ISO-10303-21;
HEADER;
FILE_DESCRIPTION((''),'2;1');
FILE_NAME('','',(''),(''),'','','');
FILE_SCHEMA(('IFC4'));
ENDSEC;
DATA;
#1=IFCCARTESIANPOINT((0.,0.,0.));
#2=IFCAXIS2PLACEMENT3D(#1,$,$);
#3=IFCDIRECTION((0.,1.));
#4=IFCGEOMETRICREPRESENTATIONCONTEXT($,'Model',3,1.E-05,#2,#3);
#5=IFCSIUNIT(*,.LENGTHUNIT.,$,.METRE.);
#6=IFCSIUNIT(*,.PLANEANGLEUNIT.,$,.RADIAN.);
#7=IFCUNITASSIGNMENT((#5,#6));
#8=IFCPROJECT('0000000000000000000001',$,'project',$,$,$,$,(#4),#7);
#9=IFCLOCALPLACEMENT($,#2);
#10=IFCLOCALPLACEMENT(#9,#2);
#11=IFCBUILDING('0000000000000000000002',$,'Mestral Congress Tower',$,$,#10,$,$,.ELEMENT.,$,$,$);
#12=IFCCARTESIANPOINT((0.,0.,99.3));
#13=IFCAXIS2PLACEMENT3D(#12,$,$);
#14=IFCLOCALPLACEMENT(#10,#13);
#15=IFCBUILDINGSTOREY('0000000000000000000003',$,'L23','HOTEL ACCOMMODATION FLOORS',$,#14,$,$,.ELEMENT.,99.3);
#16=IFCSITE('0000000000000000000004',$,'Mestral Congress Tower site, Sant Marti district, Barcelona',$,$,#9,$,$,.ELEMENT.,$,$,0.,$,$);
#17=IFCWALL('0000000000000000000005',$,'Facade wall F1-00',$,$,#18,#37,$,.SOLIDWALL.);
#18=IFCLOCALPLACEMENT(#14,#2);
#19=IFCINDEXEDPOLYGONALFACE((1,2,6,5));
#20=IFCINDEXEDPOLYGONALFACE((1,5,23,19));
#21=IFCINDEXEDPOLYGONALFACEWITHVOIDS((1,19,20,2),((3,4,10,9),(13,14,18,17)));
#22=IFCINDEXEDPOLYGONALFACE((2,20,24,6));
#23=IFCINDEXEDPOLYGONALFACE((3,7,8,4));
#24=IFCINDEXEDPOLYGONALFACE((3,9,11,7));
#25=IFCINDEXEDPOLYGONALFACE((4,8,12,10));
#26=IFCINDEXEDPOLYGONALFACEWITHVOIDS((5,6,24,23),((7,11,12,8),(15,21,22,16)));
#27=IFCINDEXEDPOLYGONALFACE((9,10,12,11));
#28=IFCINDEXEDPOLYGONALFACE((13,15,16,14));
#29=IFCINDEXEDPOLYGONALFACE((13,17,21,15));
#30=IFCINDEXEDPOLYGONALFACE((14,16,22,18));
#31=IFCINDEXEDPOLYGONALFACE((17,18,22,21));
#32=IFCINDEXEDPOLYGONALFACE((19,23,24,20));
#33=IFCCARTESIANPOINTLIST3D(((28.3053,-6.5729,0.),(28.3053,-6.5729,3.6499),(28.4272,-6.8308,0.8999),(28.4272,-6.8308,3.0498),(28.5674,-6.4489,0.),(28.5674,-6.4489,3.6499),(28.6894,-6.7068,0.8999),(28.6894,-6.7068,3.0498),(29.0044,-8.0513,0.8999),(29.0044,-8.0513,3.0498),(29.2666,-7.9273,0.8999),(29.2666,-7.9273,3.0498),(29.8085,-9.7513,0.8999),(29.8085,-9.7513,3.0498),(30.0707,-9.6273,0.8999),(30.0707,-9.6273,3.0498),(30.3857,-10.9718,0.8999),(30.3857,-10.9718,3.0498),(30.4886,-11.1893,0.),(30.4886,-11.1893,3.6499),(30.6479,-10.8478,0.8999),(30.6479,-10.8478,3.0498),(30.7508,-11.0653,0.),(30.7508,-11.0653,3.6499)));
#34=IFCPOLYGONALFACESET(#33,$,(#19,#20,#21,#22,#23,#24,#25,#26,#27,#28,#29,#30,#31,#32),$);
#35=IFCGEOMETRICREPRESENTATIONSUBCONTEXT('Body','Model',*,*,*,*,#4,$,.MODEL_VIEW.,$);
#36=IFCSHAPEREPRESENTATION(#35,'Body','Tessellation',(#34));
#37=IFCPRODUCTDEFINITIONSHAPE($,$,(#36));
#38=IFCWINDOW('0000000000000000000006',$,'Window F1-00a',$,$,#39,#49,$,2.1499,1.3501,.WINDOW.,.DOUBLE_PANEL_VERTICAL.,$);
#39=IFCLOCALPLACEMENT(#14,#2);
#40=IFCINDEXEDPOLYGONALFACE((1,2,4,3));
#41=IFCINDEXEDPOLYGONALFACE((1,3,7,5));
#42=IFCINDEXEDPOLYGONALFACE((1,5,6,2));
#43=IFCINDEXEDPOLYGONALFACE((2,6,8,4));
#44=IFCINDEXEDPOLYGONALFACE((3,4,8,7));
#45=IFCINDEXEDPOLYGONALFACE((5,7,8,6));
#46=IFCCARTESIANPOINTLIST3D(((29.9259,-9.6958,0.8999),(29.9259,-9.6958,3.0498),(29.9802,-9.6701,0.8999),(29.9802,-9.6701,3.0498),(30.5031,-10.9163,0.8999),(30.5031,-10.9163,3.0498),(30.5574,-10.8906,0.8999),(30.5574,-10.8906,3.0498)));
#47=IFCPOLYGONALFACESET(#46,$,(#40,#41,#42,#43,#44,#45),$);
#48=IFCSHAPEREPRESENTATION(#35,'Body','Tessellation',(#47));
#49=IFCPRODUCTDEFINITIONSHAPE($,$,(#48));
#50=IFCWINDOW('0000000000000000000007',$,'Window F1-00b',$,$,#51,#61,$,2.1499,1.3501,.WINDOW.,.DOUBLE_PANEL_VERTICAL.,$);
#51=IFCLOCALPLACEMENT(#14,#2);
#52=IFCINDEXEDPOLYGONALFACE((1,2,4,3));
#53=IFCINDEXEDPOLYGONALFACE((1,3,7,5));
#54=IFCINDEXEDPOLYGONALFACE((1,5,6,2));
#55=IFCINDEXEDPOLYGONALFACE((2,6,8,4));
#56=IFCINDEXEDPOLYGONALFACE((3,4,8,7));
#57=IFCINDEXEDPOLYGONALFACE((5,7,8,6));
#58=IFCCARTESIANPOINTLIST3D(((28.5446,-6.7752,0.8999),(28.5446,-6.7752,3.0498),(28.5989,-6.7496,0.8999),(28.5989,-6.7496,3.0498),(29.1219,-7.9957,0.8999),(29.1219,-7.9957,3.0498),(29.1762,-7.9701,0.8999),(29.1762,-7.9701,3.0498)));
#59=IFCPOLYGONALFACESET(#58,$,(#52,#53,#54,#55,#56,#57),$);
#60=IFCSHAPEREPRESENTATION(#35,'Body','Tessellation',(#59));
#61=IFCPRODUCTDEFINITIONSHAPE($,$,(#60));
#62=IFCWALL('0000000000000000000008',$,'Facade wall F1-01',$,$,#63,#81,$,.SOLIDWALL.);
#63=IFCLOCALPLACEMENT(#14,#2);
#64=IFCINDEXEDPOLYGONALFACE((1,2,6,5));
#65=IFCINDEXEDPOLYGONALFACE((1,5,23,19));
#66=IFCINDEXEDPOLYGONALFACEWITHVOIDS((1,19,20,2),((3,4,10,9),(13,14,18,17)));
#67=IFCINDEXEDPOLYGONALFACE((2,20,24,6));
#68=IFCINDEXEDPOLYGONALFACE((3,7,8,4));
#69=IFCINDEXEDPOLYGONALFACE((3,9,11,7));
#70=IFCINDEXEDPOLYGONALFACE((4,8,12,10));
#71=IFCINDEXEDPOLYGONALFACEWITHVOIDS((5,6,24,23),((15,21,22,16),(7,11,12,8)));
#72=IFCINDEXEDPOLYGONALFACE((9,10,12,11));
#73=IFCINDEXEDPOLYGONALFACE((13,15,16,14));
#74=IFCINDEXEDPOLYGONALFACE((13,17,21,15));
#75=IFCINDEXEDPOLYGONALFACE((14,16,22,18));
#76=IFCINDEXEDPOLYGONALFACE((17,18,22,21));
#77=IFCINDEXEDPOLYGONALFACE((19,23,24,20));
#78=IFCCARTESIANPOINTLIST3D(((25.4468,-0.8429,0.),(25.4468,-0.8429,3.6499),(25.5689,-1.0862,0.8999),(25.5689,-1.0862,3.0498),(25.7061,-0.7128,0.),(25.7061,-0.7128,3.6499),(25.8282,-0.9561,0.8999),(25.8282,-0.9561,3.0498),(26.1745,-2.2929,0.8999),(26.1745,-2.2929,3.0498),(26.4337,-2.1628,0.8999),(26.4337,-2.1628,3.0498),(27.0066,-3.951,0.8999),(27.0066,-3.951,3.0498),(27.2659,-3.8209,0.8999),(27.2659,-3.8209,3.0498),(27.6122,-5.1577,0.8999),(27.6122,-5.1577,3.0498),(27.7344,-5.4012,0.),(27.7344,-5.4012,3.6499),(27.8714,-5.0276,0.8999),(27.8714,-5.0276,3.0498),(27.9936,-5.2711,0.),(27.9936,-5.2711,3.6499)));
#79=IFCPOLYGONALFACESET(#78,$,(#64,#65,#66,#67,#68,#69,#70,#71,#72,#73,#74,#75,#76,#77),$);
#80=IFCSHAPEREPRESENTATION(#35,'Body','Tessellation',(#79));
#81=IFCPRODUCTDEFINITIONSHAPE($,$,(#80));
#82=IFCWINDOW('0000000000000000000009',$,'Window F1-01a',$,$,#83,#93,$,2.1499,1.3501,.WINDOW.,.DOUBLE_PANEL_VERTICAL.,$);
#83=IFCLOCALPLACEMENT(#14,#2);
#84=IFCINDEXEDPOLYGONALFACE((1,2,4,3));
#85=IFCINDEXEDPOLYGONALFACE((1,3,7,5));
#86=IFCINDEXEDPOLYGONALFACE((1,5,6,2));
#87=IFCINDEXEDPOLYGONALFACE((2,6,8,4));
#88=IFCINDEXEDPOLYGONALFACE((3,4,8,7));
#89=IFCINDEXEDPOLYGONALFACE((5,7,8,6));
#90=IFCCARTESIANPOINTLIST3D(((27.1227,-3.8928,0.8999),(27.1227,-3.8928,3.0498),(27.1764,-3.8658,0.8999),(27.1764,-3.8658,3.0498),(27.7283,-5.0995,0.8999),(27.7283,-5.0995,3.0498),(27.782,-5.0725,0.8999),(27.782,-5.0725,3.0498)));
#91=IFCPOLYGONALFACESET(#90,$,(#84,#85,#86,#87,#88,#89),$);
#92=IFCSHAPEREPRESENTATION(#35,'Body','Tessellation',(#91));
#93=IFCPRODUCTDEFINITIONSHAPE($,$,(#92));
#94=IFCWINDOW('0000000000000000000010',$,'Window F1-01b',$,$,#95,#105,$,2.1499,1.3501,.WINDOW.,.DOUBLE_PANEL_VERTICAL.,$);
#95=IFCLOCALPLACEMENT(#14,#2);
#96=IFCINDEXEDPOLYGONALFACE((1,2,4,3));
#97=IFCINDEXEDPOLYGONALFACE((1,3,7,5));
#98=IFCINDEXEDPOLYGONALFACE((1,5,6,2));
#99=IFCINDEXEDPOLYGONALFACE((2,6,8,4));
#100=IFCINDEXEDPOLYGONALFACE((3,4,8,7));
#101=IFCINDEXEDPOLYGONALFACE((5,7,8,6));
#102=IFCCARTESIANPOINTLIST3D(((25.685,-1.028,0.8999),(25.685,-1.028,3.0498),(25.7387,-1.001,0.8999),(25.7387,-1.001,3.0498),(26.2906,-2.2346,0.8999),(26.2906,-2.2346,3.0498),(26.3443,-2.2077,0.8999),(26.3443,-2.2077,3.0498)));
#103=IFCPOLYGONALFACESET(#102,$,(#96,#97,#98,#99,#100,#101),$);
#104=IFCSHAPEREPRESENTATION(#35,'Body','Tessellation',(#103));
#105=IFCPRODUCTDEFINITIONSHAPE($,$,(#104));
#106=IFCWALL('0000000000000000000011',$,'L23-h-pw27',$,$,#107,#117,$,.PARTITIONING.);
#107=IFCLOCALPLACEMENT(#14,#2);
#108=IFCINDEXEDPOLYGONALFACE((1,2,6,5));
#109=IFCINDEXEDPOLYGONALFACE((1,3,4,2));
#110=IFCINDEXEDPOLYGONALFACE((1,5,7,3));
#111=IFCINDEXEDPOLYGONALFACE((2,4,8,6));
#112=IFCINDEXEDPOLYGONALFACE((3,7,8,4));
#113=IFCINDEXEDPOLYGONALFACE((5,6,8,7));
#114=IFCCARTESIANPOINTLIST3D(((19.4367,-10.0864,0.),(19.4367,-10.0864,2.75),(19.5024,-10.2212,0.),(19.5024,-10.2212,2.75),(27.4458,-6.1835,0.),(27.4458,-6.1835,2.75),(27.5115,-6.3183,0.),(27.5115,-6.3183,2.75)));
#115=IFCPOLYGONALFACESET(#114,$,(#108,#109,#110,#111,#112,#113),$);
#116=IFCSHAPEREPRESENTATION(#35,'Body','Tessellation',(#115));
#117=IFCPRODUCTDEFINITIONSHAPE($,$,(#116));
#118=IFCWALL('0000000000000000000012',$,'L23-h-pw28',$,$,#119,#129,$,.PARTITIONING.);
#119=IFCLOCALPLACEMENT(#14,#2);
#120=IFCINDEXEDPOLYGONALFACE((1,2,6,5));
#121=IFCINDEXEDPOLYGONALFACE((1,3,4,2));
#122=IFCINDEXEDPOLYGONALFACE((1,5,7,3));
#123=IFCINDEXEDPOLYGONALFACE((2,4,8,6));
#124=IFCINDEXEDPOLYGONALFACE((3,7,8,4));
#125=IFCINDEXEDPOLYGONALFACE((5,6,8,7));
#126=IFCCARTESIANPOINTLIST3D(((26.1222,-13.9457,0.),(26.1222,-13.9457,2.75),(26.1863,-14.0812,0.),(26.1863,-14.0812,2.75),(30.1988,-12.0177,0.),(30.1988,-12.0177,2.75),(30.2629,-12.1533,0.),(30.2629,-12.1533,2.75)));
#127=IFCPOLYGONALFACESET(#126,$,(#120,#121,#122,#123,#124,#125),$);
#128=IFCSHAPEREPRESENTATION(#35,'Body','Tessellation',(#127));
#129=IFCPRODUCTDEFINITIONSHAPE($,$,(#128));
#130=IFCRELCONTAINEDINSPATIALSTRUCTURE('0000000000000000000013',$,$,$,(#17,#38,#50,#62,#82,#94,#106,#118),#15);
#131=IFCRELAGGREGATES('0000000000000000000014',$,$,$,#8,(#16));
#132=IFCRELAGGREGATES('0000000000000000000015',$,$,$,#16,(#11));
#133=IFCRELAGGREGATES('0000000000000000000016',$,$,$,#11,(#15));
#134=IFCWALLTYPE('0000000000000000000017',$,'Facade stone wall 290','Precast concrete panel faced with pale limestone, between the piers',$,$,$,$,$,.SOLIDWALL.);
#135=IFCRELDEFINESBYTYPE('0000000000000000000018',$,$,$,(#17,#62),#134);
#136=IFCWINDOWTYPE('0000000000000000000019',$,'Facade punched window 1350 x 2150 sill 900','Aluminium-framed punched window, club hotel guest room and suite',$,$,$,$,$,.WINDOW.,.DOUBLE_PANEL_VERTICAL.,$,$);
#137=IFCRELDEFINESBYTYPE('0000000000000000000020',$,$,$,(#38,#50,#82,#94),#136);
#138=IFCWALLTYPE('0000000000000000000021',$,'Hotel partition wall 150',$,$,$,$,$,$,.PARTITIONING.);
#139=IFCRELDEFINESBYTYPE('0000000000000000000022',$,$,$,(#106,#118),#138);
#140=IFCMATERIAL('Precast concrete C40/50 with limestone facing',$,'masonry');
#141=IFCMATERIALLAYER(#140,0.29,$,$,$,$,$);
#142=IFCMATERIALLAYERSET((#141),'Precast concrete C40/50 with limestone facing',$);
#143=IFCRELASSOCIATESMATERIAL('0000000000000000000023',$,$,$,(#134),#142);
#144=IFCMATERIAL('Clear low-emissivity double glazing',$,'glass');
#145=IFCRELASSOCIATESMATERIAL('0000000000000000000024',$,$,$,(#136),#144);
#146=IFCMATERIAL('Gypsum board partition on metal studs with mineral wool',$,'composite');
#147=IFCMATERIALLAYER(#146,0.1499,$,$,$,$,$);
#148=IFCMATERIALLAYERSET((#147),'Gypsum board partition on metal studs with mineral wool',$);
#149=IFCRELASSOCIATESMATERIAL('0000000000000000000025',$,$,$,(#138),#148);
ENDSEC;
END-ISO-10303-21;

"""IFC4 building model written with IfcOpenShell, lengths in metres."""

from ifc_helpers import new_model, si_unit, direction, frame, frame_2d, origin, place, context, subcontext, project, spatial, rectangle, extrude, material, layer, layer_set, type_object, element, fill, save


model = new_model("IFC4")

# Units and contexts
model_context = context("Model", 3, precision=1e-05, world=origin(), true_north=direction((0.0, 1.0)))
body_context = subcontext(model_context, "Body", "Model", "MODEL_VIEW")
ifc_project = project(units=[si_unit("LENGTHUNIT", "METRE"), si_unit("PLANEANGLEUNIT", "RADIAN")], contexts=[model_context])

# Site, building, storey
site_placement = place(None, origin())
site = spatial("IfcSite", under=ifc_project, at=site_placement, Name="Mestral Congress Tower site, Sant Marti district, Barcelona", CompositionType="ELEMENT", RefElevation=0.0)
building_placement = place(site_placement, origin())
building = spatial("IfcBuilding", under=site, at=building_placement, Name="Mestral Congress Tower", CompositionType="ELEMENT")
storey_placement = place(building_placement, frame((0.0, 0.0, 99.3)))
storey = spatial("IfcBuildingStorey", under=building, at=storey_placement, Name="L23", Description="HOTEL ACCOMMODATION FLOORS", CompositionType="ELEMENT", Elevation=99.3)

# Shared definitions
ifc_material_1 = material(Name="Precast concrete C40/50 with limestone facing", Category="masonry")
ifc_layer_1 = layer(ifc_material_1, 0.29)
ifc_layer_set_1 = layer_set([ifc_layer_1], Name="Precast concrete C40/50 with limestone facing")
wall_type_1 = type_object("IfcWallType", Name="Facade stone wall 290", Description="Precast concrete panel faced with pale limestone, between the piers", PredefinedType="SOLIDWALL", material=ifc_layer_set_1)
ifc_material_2 = material(Name="Clear low-emissivity double glazing", Category="glass")

# Walls, openings, windows
wall_1_placement = place(storey_placement, frame((30.6196, -11.1272, 0.0), z_axis=(0.0, 0.0, 1.0), x_axis=(-0.427544, 0.903995, 0.0)))
wall_1 = element("IfcWall", 1, at=wall_1_placement, inside=storey, type_object=wall_type_1, Name="Facade wall F1-00", PredefinedType="SOLIDWALL", context=body_context, shape_type="SweptSolid", body=[
    extrude(rectangle(XDim=5.1067, YDim=0.29, at=frame_2d((2.5532, 0.0))), origin(), (0.0, 0.0, 1.0), 3.6499),
])
opening_1_placement = place(wall_1_placement, frame((0.2405, 0.0, 0.8999)))
opening_1 = element("IfcOpeningElement", 2, at=opening_1_placement, cuts=wall_1, PredefinedType="OPENING", context=body_context, shape_type="SweptSolid", body=[
    extrude(rectangle(XDim=1.3501, YDim=2.1499, at=frame_2d((0.675, 1.075))), frame((0.0, 0.155, 0.0), z_axis=(0.0, -1.0, 0.0), x_axis=(1.0, 0.0, 0.0)), (0.0, 0.0, 1.0), 0.3101),
])
opening_2_placement = place(wall_1_placement, frame((3.4712, 0.0, 0.8999)))
opening_2 = element("IfcOpeningElement", 3, at=opening_2_placement, cuts=wall_1, PredefinedType="OPENING", context=body_context, shape_type="SweptSolid", body=[
    extrude(rectangle(XDim=1.3501, YDim=2.1499, at=frame_2d((0.675, 1.075))), frame((0.0, 0.155, 0.0), z_axis=(0.0, -1.0, 0.0), x_axis=(1.0, 0.0, 0.0)), (0.0, 0.0, 1.0), 0.3101),
])
window_type_1 = type_object("IfcWindowType", Name="Facade punched window 1350 x 2150 sill 900", Description="Aluminium-framed punched window, club hotel guest room and suite", PartitioningType="DOUBLE_PANEL_VERTICAL", PredefinedType="WINDOW", material=ifc_material_2)
window_1_placement = place(opening_1_placement, origin())
window_1 = element("IfcWindow", 4, at=window_1_placement, inside=storey, type_object=window_type_1, Name="Window F1-00a", OverallHeight=2.1499, OverallWidth=1.3501, PartitioningType="DOUBLE_PANEL_VERTICAL", PredefinedType="WINDOW", context=body_context, shape_type="SweptSolid", body=[
    extrude(rectangle(XDim=1.3501, YDim=2.1499, at=frame_2d((0.675, 1.075))), frame((0.0, 0.0151, 0.0), z_axis=(0.0, -1.0, 0.0), x_axis=(1.0, 0.0, 0.0)), (0.0, 0.0, 1.0), 0.0601),
])
fill(opening_1, window_1)
window_2_placement = place(opening_2_placement, origin())
window_2 = element("IfcWindow", 5, at=window_2_placement, inside=storey, type_object=window_type_1, Name="Window F1-00b", OverallHeight=2.1499, OverallWidth=1.3501, PartitioningType="DOUBLE_PANEL_VERTICAL", PredefinedType="WINDOW", context=body_context, shape_type="SweptSolid", body=[
    extrude(rectangle(XDim=1.3501, YDim=2.1499, at=frame_2d((0.675, 1.075))), frame((0.0, 0.0151, 0.0), z_axis=(0.0, -1.0, 0.0), x_axis=(1.0, 0.0, 0.0)), (0.0, 0.0, 1.0), 0.0601),
])
fill(opening_2, window_2)
wall_2_placement = place(storey_placement, frame((27.864, -5.3362, 0.0), z_axis=(0.0, 0.0, 1.0), x_axis=(-0.448534, 0.893766, 0.0)))
wall_2 = element("IfcWall", 6, at=wall_2_placement, inside=storey, type_object=wall_type_1, Name="Facade wall F1-01", PredefinedType="SOLIDWALL", context=body_context, shape_type="SweptSolid", body=[
    extrude(rectangle(XDim=5.1001, YDim=0.29, at=frame_2d((2.55, 0.0))), origin(), (0.0, 0.0, 1.0), 3.6499),
])
opening_3_placement = place(wall_2_placement, frame((0.2725, 0.0, 0.8999)))
opening_3 = element("IfcOpeningElement", 7, at=opening_3_placement, cuts=wall_2, PredefinedType="OPENING", context=body_context, shape_type="SweptSolid", body=[
    extrude(rectangle(XDim=1.3501, YDim=2.1499, at=frame_2d((0.675, 1.075))), frame((0.0, 0.155, 0.0), z_axis=(0.0, -1.0, 0.0), x_axis=(1.0, 0.0, 0.0)), (0.0, 0.0, 1.0), 0.3101),
])
opening_4_placement = place(wall_2_placement, frame((3.4778, 0.0, 0.8999)))
opening_4 = element("IfcOpeningElement", 8, at=opening_4_placement, cuts=wall_2, PredefinedType="OPENING", context=body_context, shape_type="SweptSolid", body=[
    extrude(rectangle(XDim=1.3501, YDim=2.1499, at=frame_2d((0.675, 1.075))), frame((0.0, 0.155, 0.0), z_axis=(0.0, -1.0, 0.0), x_axis=(1.0, 0.0, 0.0)), (0.0, 0.0, 1.0), 0.3101),
])
window_3_placement = place(opening_3_placement, origin())
window_3 = element("IfcWindow", 9, at=window_3_placement, inside=storey, type_object=window_type_1, Name="Window F1-01a", OverallHeight=2.1499, OverallWidth=1.3501, PartitioningType="DOUBLE_PANEL_VERTICAL", PredefinedType="WINDOW", context=body_context, shape_type="SweptSolid", body=[
    extrude(rectangle(XDim=1.3501, YDim=2.1499, at=frame_2d((0.675, 1.075))), frame((0.0, 0.0151, 0.0), z_axis=(0.0, -1.0, 0.0), x_axis=(1.0, 0.0, 0.0)), (0.0, 0.0, 1.0), 0.0601),
])
fill(opening_3, window_3)
window_4_placement = place(opening_4_placement, origin())
window_4 = element("IfcWindow", 10, at=window_4_placement, inside=storey, type_object=window_type_1, Name="Window F1-01b", OverallHeight=2.1499, OverallWidth=1.3501, PartitioningType="DOUBLE_PANEL_VERTICAL", PredefinedType="WINDOW", context=body_context, shape_type="SweptSolid", body=[
    extrude(rectangle(XDim=1.3501, YDim=2.1499, at=frame_2d((0.675, 1.075))), frame((0.0, 0.0151, 0.0), z_axis=(0.0, -1.0, 0.0), x_axis=(1.0, 0.0, 0.0)), (0.0, 0.0, 1.0), 0.0601),
])
fill(opening_4, window_4)

# Walls
ifc_material_3 = material(Name="Gypsum board partition on metal studs with mineral wool", Category="composite")
ifc_layer_2 = layer(ifc_material_3, 0.1499)
ifc_layer_set_2 = layer_set([ifc_layer_2], Name="Gypsum board partition on metal studs with mineral wool")
wall_type_2 = type_object("IfcWallType", Name="Hotel partition wall 150", PredefinedType="PARTITIONING", material=ifc_layer_set_2)
wall_3_placement = place(storey_placement, frame((27.4785, -6.251, 0.0), z_axis=(0.0, 0.0, 1.0), x_axis=(-0.898946, -0.43806, 0.0)))
element("IfcWall", 11, at=wall_3_placement, inside=storey, type_object=wall_type_2, Name="L23-h-pw27", PredefinedType="PARTITIONING", context=body_context, shape_type="SweptSolid", body=[
    extrude(rectangle(XDim=8.9094, YDim=0.1499, at=frame_2d((4.4546, 0.0))), origin(), (0.0, 0.0, 1.0), 2.75),
])
wall_4_placement = place(storey_placement, frame((30.231, -12.0854, 0.0), z_axis=(0.0, 0.0, 1.0), x_axis=(-0.904001, -0.42753, 0.0)))
element("IfcWall", 12, at=wall_4_placement, inside=storey, type_object=wall_type_2, Name="L23-h-pw28", PredefinedType="PARTITIONING", context=body_context, shape_type="SweptSolid", body=[
    extrude(rectangle(XDim=4.5095, YDim=0.1499, at=frame_2d((2.2549, 0.0))), origin(), (0.0, 0.0, 1.0), 2.75),
])

save(model, "model.ifc")
